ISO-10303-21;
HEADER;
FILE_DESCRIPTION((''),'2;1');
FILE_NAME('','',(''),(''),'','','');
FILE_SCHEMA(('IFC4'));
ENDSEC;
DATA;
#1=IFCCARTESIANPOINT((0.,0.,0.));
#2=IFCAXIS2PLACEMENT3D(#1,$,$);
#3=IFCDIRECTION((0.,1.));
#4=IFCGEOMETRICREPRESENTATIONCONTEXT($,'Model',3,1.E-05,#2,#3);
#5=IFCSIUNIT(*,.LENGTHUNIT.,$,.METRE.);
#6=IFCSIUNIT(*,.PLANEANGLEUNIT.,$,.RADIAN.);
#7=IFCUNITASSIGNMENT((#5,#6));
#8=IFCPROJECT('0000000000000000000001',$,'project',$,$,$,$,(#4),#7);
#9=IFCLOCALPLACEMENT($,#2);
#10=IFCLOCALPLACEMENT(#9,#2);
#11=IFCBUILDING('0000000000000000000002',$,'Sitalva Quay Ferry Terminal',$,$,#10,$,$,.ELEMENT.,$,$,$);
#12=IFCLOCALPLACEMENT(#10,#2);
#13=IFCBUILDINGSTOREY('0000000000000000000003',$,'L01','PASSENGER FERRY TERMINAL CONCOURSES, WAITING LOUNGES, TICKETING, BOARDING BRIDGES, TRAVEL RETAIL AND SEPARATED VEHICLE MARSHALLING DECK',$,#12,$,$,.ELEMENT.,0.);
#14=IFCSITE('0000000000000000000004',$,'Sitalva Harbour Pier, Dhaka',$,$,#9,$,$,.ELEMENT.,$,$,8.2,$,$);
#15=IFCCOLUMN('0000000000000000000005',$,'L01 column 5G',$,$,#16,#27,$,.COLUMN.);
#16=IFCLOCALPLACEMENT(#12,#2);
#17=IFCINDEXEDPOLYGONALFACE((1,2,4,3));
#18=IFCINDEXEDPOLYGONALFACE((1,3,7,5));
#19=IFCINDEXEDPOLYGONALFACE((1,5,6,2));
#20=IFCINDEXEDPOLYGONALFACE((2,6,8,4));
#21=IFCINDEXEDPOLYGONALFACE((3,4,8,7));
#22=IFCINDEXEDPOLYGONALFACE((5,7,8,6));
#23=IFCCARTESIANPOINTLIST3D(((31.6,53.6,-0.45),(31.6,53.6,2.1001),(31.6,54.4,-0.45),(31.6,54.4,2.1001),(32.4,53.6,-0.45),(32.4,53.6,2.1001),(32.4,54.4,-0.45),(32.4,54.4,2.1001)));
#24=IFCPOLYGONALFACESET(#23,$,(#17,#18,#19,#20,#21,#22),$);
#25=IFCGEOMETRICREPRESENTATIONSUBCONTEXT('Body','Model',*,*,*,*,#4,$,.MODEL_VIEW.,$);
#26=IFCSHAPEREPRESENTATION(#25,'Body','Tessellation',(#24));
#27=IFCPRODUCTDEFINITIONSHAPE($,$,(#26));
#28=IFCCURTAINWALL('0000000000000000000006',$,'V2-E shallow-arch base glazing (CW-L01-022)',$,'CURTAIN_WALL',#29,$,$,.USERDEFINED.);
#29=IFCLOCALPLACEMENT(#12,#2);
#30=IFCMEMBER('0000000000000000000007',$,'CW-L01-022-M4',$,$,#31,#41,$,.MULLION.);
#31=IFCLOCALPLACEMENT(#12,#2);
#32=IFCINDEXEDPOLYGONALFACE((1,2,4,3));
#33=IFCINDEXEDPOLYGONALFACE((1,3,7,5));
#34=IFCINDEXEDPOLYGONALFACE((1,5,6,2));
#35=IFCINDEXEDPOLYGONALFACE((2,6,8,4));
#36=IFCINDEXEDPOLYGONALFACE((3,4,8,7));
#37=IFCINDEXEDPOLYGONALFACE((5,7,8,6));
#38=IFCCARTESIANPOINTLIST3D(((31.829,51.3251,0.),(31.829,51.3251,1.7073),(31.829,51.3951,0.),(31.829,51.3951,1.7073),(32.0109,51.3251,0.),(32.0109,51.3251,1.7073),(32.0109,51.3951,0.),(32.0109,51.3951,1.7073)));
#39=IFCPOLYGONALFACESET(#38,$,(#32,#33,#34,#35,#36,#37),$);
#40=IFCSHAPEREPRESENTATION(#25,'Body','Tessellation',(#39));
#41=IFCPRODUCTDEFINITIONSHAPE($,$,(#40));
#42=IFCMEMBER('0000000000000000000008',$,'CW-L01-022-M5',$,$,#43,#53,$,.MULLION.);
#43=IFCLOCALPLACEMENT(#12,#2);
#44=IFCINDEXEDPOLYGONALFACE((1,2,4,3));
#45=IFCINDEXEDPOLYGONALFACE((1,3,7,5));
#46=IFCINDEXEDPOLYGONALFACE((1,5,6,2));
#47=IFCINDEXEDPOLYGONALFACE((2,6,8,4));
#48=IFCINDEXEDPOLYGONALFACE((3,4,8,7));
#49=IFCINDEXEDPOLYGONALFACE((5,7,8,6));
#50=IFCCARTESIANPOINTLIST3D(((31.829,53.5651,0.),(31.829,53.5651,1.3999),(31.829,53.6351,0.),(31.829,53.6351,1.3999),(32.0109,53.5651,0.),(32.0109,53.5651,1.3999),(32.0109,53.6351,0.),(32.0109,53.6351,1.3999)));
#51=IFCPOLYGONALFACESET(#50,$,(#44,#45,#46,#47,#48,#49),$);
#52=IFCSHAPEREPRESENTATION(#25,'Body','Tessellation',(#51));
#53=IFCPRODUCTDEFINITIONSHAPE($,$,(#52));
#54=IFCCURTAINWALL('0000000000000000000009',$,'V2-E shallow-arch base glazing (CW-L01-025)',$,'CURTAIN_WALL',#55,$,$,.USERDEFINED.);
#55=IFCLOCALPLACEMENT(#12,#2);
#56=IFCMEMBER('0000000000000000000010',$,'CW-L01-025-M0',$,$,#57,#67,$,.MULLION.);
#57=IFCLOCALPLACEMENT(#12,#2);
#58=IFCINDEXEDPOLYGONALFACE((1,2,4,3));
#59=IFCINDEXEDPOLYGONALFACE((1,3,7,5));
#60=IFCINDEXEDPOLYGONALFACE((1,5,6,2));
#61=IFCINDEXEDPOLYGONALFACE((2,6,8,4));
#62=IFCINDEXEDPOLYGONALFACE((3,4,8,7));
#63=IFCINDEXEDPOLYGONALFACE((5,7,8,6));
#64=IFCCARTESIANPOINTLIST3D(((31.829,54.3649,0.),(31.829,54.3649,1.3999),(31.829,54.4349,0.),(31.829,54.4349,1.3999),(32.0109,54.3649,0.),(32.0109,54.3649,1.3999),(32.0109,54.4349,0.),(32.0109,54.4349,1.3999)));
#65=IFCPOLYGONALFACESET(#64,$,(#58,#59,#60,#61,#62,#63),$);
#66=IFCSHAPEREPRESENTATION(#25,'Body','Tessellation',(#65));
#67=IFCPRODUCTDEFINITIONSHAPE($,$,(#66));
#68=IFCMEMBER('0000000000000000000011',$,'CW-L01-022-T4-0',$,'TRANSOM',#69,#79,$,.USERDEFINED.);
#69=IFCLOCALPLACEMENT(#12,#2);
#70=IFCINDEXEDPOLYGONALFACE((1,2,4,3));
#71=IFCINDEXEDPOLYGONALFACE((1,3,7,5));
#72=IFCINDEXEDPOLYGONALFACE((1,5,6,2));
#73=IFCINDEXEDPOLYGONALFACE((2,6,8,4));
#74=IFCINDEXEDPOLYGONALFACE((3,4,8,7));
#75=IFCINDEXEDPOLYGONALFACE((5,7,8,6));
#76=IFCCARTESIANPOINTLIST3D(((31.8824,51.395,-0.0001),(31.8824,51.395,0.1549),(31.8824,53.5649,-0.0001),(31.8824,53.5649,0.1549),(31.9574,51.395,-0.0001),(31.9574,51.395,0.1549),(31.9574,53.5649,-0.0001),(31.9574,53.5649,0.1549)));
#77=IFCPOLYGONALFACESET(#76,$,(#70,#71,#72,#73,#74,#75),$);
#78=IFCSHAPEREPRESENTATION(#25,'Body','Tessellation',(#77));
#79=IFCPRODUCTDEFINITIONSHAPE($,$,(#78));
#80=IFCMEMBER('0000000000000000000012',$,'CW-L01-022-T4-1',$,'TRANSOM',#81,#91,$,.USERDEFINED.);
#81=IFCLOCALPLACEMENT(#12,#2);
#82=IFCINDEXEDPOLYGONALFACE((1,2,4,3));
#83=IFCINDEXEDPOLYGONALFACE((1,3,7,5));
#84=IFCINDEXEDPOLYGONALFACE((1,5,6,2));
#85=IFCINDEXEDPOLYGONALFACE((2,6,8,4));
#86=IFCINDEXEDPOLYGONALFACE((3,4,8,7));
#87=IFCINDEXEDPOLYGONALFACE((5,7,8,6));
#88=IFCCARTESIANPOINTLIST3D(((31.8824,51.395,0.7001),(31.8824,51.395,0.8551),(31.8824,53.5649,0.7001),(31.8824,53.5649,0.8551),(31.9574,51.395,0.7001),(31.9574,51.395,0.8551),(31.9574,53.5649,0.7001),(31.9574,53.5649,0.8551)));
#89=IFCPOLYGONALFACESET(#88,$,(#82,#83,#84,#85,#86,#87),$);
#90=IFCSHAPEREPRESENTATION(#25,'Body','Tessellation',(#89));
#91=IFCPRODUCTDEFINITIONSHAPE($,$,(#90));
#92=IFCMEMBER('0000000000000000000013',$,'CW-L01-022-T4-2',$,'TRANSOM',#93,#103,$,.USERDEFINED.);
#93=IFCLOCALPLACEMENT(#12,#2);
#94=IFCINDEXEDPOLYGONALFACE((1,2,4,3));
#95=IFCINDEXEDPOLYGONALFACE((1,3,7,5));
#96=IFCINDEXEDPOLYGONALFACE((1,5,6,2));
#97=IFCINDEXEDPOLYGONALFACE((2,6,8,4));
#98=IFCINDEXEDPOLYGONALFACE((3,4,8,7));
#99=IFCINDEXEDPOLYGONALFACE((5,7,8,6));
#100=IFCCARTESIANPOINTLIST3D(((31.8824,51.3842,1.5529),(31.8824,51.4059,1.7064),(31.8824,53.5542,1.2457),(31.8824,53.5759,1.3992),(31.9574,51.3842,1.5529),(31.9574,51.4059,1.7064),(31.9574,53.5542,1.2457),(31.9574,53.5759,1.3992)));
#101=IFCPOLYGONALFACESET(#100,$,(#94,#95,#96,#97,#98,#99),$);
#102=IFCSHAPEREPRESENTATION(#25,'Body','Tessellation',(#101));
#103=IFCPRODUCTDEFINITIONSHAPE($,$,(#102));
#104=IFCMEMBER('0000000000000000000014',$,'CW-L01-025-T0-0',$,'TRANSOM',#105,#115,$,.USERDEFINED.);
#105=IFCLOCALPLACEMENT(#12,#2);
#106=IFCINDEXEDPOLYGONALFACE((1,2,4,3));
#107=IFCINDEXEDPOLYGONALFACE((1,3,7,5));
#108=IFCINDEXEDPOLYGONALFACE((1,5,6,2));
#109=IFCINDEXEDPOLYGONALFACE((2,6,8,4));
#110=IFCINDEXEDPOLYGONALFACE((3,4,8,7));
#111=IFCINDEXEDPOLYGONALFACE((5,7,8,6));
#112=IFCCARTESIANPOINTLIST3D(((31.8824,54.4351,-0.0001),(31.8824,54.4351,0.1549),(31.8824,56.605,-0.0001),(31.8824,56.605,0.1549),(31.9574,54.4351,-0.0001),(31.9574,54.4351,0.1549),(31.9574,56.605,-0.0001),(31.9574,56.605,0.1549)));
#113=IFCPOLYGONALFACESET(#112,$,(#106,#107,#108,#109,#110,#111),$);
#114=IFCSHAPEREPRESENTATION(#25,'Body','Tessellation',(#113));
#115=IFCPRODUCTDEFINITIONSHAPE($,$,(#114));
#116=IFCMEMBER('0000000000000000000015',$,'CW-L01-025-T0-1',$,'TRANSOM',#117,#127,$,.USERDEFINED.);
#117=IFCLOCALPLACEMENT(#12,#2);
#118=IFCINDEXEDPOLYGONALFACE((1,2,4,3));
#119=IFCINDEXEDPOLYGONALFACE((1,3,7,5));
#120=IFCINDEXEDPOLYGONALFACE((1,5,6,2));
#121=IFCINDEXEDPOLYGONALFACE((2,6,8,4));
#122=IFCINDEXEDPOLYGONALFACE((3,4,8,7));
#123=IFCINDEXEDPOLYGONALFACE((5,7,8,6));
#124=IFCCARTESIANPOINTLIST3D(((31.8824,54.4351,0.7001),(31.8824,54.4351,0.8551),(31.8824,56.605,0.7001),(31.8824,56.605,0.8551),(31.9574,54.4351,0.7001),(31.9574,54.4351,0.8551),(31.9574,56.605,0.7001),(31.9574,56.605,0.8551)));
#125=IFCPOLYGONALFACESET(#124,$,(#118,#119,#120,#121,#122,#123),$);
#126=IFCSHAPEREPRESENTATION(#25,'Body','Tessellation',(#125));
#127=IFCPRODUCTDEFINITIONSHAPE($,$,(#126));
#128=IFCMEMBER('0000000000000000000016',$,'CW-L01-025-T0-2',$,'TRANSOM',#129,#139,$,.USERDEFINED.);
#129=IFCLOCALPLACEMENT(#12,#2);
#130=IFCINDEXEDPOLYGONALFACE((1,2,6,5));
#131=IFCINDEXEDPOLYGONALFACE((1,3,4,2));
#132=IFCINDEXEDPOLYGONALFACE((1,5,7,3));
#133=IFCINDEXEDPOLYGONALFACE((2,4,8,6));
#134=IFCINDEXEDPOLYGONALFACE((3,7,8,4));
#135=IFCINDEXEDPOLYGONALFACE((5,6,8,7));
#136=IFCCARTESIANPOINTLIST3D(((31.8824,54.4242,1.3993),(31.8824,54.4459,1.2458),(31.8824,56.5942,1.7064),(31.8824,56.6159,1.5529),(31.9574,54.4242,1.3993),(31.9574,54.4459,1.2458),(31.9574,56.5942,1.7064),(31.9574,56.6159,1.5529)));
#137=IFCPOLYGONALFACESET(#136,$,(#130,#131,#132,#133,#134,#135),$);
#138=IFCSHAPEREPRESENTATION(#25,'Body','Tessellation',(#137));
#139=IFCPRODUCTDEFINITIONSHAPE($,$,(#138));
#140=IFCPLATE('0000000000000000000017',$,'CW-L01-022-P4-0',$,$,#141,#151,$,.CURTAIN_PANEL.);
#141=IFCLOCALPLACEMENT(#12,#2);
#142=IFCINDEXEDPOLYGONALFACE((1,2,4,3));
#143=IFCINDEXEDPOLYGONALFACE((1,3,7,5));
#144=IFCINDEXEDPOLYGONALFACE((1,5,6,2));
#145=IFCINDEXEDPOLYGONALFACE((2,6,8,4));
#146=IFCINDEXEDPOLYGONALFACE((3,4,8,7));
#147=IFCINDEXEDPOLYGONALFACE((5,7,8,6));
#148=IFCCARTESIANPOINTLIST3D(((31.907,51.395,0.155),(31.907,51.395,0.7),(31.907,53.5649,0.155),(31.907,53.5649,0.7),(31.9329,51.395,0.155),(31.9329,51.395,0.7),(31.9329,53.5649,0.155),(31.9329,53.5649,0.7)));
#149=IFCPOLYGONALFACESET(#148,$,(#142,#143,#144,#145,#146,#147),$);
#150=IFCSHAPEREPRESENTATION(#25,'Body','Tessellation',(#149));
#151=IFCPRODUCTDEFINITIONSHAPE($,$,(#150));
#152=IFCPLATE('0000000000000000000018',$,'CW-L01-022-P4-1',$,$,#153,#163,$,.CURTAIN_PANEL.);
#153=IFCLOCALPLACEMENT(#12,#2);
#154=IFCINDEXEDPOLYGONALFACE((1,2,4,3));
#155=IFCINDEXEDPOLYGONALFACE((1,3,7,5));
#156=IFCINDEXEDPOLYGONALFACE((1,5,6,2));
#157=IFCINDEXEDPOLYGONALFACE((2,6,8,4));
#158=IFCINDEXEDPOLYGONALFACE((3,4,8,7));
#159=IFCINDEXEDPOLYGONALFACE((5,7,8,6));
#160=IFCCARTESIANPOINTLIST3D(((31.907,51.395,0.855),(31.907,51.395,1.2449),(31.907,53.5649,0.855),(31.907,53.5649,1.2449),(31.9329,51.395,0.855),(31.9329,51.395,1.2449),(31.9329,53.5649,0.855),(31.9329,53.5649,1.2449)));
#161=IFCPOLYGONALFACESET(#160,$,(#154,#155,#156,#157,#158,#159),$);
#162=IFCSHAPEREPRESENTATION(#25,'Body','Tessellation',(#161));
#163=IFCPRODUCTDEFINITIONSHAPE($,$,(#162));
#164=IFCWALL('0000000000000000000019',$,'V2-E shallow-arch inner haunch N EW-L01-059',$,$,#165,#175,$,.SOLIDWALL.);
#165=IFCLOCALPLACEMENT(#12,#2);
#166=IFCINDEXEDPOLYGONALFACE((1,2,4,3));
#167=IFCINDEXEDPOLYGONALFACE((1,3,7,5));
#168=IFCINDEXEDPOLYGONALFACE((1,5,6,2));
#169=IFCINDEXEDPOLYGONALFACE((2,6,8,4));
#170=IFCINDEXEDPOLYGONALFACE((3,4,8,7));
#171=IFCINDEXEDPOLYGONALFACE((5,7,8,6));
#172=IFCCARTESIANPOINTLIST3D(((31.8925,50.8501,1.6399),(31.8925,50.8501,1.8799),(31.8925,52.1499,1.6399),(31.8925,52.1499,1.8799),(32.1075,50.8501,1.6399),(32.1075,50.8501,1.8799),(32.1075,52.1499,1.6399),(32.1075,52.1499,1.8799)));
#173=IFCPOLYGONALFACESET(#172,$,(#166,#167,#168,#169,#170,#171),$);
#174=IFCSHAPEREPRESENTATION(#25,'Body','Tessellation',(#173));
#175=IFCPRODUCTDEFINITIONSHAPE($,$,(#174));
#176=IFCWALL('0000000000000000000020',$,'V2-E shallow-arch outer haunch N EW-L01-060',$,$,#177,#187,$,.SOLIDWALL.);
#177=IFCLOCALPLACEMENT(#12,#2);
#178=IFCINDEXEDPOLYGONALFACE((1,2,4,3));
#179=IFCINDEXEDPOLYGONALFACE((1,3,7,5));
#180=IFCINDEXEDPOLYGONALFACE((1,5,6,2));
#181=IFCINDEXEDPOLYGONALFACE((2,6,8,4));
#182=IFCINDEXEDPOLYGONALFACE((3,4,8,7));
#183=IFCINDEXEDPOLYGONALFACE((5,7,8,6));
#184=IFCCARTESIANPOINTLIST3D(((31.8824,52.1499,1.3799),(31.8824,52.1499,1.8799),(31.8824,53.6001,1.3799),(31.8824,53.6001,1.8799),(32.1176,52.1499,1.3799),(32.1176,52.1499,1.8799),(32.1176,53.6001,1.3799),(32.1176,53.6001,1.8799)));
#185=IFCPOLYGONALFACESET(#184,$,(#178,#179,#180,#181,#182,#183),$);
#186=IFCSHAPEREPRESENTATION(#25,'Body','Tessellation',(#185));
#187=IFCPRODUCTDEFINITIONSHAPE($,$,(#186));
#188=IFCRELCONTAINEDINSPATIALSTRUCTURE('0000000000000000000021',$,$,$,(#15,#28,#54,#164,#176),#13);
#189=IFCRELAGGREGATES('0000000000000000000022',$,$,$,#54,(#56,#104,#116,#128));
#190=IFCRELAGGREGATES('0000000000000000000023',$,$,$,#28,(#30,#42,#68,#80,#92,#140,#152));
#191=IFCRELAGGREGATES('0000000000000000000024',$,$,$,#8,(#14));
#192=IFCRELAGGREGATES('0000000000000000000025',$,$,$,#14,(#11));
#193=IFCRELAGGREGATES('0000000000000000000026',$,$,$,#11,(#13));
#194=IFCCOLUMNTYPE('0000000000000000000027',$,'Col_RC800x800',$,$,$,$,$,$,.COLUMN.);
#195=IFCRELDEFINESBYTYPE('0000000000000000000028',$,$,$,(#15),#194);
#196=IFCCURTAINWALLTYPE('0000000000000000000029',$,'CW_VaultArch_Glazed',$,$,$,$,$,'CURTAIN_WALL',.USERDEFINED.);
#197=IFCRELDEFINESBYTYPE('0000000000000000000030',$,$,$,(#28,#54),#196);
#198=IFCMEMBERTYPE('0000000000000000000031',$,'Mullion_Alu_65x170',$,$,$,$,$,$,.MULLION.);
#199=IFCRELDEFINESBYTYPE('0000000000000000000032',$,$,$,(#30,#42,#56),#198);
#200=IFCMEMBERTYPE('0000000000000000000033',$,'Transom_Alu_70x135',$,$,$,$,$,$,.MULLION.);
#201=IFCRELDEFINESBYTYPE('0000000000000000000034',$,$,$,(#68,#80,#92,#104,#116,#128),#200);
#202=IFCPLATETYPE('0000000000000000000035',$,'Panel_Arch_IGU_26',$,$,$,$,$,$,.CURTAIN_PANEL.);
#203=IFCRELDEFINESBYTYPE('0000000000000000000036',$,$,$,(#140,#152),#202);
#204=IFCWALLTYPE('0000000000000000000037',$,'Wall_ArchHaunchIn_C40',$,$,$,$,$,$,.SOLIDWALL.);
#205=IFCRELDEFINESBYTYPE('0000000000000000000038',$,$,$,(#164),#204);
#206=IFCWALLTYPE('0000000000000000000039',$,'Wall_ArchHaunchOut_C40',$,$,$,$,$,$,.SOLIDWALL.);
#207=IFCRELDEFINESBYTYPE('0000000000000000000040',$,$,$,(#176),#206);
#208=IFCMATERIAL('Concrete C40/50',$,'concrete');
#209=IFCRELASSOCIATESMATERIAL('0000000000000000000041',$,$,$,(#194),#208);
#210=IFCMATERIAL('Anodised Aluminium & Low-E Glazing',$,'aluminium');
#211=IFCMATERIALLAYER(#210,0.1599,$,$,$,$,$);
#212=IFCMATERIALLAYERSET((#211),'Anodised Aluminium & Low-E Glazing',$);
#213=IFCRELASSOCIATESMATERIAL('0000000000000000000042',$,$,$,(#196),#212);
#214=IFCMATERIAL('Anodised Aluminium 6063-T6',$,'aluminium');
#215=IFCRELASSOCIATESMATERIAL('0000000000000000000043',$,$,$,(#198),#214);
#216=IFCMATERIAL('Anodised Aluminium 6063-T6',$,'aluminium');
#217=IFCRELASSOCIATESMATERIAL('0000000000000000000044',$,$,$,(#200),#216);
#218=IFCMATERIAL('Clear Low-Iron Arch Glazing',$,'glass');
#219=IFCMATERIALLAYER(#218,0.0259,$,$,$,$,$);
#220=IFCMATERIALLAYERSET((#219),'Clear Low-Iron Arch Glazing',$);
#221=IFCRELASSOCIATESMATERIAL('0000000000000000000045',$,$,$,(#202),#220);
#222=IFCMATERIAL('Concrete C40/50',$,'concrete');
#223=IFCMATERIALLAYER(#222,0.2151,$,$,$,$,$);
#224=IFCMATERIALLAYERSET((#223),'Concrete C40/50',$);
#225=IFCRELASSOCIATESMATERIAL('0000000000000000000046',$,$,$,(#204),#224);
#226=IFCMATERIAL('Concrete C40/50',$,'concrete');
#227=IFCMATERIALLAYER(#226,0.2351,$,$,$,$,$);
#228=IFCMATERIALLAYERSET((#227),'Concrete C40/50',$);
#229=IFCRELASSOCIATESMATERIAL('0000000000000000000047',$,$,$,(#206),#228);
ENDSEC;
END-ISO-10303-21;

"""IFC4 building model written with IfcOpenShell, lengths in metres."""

from ifc_helpers import new_model, si_unit, direction, frame, frame_2d, origin, origin_2d, place, context, subcontext, project, spatial, rectangle, extrude, material, layer, layer_set, material_profile, profile_set, type_object, element, aggregate, save


model = new_model("IFC4")

# Units and contexts
model_context = context("Model", 3, precision=1e-05, world=origin(), true_north=direction((0.0, 1.0)))
body_context = subcontext(model_context, "Body", "Model", "MODEL_VIEW")
ifc_project = project(units=[si_unit("LENGTHUNIT", "METRE"), si_unit("PLANEANGLEUNIT", "RADIAN")], contexts=[model_context])

# Site, building, storey
site_placement = place(None, origin())
site = spatial("IfcSite", under=ifc_project, at=site_placement, Name="Sitalva Harbour Pier, Dhaka", CompositionType="ELEMENT", RefElevation=8.2)
building_placement = place(site_placement, origin())
building = spatial("IfcBuilding", under=site, at=building_placement, Name="Sitalva Quay Ferry Terminal", CompositionType="ELEMENT")
storey_placement = place(building_placement, origin())
storey = spatial("IfcBuildingStorey", under=building, at=storey_placement, Name="L01", Description="PASSENGER FERRY TERMINAL CONCOURSES, WAITING LOUNGES, TICKETING, BOARDING BRIDGES, TRAVEL RETAIL AND SEPARATED VEHICLE MARSHALLING DECK", CompositionType="ELEMENT", Elevation=0.0)

# Column
ifc_material_1 = material(Name="Concrete C40/50", Category="concrete")
ifc_material_profile_1 = material_profile(ifc_material_1, rectangle(XDim=0.8, YDim=0.8, at=origin_2d()), Name="RC800x800")
ifc_profile_set_1 = profile_set([ifc_material_profile_1], Name="Concrete C40/50")
column_type = type_object("IfcColumnType", Name="Col_RC800x800", PredefinedType="COLUMN", material=ifc_profile_set_1)
column_placement = place(storey_placement, frame((32.0, 54.0, -0.45), z_axis=(0.0, 0.0, 1.0), x_axis=(1.0, 0.0, 0.0)))
element("IfcColumn", 1, at=column_placement, inside=storey, type_object=column_type, Name="L01 column 5G", PredefinedType="COLUMN", context=body_context, shape_type="SweptSolid", body=[
    extrude(rectangle(XDim=0.8, YDim=0.8, at=origin_2d()), origin(), (0.0, 0.0, 1.0), 2.55),
])

# Curtain wall, members
ifc_material_2 = material(Name="Anodised Aluminium & Low-E Glazing", Category="aluminium")
ifc_layer_1 = layer(ifc_material_2, 0.1599)
ifc_layer_set_1 = layer_set([ifc_layer_1], Name="Anodised Aluminium & Low-E Glazing")
curtain_wall_type = type_object("IfcCurtainWallType", Name="CW_VaultArch_Glazed", ElementType="CURTAIN_WALL", PredefinedType="USERDEFINED", material=ifc_layer_set_1)
curtain_wall_1_placement = place(storey_placement, origin())
curtain_wall_1 = element("IfcCurtainWall", 2, at=curtain_wall_1_placement, inside=storey, type_object=curtain_wall_type, Name="V2-E shallow-arch base glazing (CW-L01-022)", ObjectType="CURTAIN_WALL", PredefinedType="USERDEFINED")
ifc_material_3 = material(Name="Anodised Aluminium 6063-T6", Category="aluminium")
ifc_material_profile_2 = material_profile(ifc_material_3, rectangle(XDim=0.0701, YDim=0.1819, at=origin_2d()), Name="ALU70x182")
ifc_profile_set_2 = profile_set([ifc_material_profile_2], Name="Anodised Aluminium 6063-T6")
member_type_1 = type_object("IfcMemberType", Name="Mullion_Alu_65x170", PredefinedType="MULLION", material=ifc_profile_set_2)
member_1_placement = place(storey_placement, frame((31.9199, 51.3601, 0.0), z_axis=(0.0, 0.0, 1.0), x_axis=(0.0, 1.0, 0.0)))
member_1 = element("IfcMember", 3, at=member_1_placement, type_object=member_type_1, Name="CW-L01-022-M4", PredefinedType="MULLION", context=body_context, shape_type="SweptSolid", body=[
    extrude(rectangle(XDim=0.0701, YDim=0.1819, at=origin_2d()), origin(), (0.0, 0.0, 1.0), 1.7073),
])
member_2_placement = place(storey_placement, frame((31.9199, 53.6001, 0.0), z_axis=(0.0, 0.0, 1.0), x_axis=(0.0, 1.0, 0.0)))
member_2 = element("IfcMember", 4, at=member_2_placement, type_object=member_type_1, Name="CW-L01-022-M5", PredefinedType="MULLION", context=body_context, shape_type="SweptSolid", body=[
    extrude(rectangle(XDim=0.0701, YDim=0.1819, at=origin_2d()), origin(), (0.0, 0.0, 1.0), 1.3999),
])

# Curtain wall, member
curtain_wall_2_placement = place(storey_placement, origin())
curtain_wall_2 = element("IfcCurtainWall", 5, at=curtain_wall_2_placement, inside=storey, type_object=curtain_wall_type, Name="V2-E shallow-arch base glazing (CW-L01-025)", ObjectType="CURTAIN_WALL", PredefinedType="USERDEFINED")
member_3_placement = place(storey_placement, frame((31.9199, 54.3999, 0.0), z_axis=(0.0, 0.0, 1.0), x_axis=(0.0, 1.0, 0.0)))
member_3 = element("IfcMember", 6, at=member_3_placement, type_object=member_type_1, Name="CW-L01-025-M0", PredefinedType="MULLION", context=body_context, shape_type="SweptSolid", body=[
    extrude(rectangle(XDim=0.0701, YDim=0.1819, at=origin_2d()), origin(), (0.0, 0.0, 1.0), 1.3999),
])

# Members
ifc_material_4 = material(Name="Anodised Aluminium 6063-T6", Category="aluminium")
ifc_material_profile_3 = material_profile(ifc_material_4, rectangle(XDim=0.075, YDim=0.155, at=origin_2d()), Name="ALU75x155")
ifc_profile_set_3 = profile_set([ifc_material_profile_3], Name="Anodised Aluminium 6063-T6")
member_type_2 = type_object("IfcMemberType", Name="Transom_Alu_70x135", PredefinedType="MULLION", material=ifc_profile_set_3)
member_4_placement = place(storey_placement, frame((31.9199, 51.395, 0.0774), z_axis=(0.0, 1.0, 0.0), x_axis=(-1.0, 0.0, 0.0)))
member_4 = element("IfcMember", 7, at=member_4_placement, type_object=member_type_2, Name="CW-L01-022-T4-0", ObjectType="TRANSOM", PredefinedType="USERDEFINED", context=body_context, shape_type="SweptSolid", body=[
    extrude(rectangle(XDim=0.075, YDim=0.155, at=origin_2d()), origin(), (0.0, 0.0, 1.0), 2.1699),
])
member_5_placement = place(storey_placement, frame((31.9199, 51.395, 0.7776), z_axis=(0.0, 1.0, 0.0), x_axis=(-1.0, 0.0, 0.0)))
member_5 = element("IfcMember", 8, at=member_5_placement, type_object=member_type_2, Name="CW-L01-022-T4-1", ObjectType="TRANSOM", PredefinedType="USERDEFINED", context=body_context, shape_type="SweptSolid", body=[
    extrude(rectangle(XDim=0.075, YDim=0.155, at=origin_2d()), origin(), (0.0, 0.0, 1.0), 2.1699),
])
member_6_placement = place(storey_placement, frame((31.9199, 51.395, 1.6296), z_axis=(0.0, 0.990131, -0.140142), x_axis=(-1.0, 0.0, 0.0)))
member_6 = element("IfcMember", 9, at=member_6_placement, type_object=member_type_2, Name="CW-L01-022-T4-2", ObjectType="TRANSOM", PredefinedType="USERDEFINED", context=body_context, shape_type="SweptSolid", body=[
    extrude(rectangle(XDim=0.075, YDim=0.155, at=origin_2d()), origin(), (0.0, 0.0, 1.0), 2.1917),
])
member_7_placement = place(storey_placement, frame((31.9199, 54.4351, 0.0774), z_axis=(0.0, 1.0, 0.0), x_axis=(-1.0, 0.0, 0.0)))
member_7 = element("IfcMember", 10, at=member_7_placement, type_object=member_type_2, Name="CW-L01-025-T0-0", ObjectType="TRANSOM", PredefinedType="USERDEFINED", context=body_context, shape_type="SweptSolid", body=[
    extrude(rectangle(XDim=0.075, YDim=0.155, at=origin_2d()), origin(), (0.0, 0.0, 1.0), 2.1699),
])
member_8_placement = place(storey_placement, frame((31.9199, 54.4351, 0.7776), z_axis=(0.0, 1.0, 0.0), x_axis=(-1.0, 0.0, 0.0)))
member_8 = element("IfcMember", 11, at=member_8_placement, type_object=member_type_2, Name="CW-L01-025-T0-1", ObjectType="TRANSOM", PredefinedType="USERDEFINED", context=body_context, shape_type="SweptSolid", body=[
    extrude(rectangle(XDim=0.075, YDim=0.155, at=origin_2d()), origin(), (0.0, 0.0, 1.0), 2.1699),
])
member_9_placement = place(storey_placement, frame((31.9199, 54.4351, 1.3225), z_axis=(0.0, 0.990131, 0.140142), x_axis=(-1.0, 0.0, 0.0)))
member_9 = element("IfcMember", 12, at=member_9_placement, type_object=member_type_2, Name="CW-L01-025-T0-2", ObjectType="TRANSOM", PredefinedType="USERDEFINED", context=body_context, shape_type="SweptSolid", body=[
    extrude(rectangle(XDim=0.075, YDim=0.155, at=origin_2d()), origin(), (0.0, 0.0, 1.0), 2.1917),
])
aggregate(curtain_wall_2, [member_3, member_7, member_8, member_9])

# Plates
ifc_material_5 = material(Name="Clear Low-Iron Arch Glazing", Category="glass")
ifc_layer_2 = layer(ifc_material_5, 0.0259)
ifc_layer_set_2 = layer_set([ifc_layer_2], Name="Clear Low-Iron Arch Glazing")
plate_type = type_object("IfcPlateType", Name="Panel_Arch_IGU_26", PredefinedType="CURTAIN_PANEL", material=ifc_layer_set_2)
plate_1_placement = place(storey_placement, frame((31.9199, 52.48, 0.155), z_axis=(0.0, 0.0, 1.0), x_axis=(0.0, 1.0, 0.0)))
plate_1 = element("IfcPlate", 13, at=plate_1_placement, type_object=plate_type, Name="CW-L01-022-P4-0", PredefinedType="CURTAIN_PANEL", context=body_context, shape_type="SweptSolid", body=[
    extrude(rectangle(XDim=2.1699, YDim=0.0259, at=origin_2d()), origin(), (0.0, 0.0, 1.0), 0.5449),
])
plate_2_placement = place(storey_placement, frame((31.9199, 52.48, 0.855), z_axis=(0.0, 0.0, 1.0), x_axis=(0.0, 1.0, 0.0)))
plate_2 = element("IfcPlate", 14, at=plate_2_placement, type_object=plate_type, Name="CW-L01-022-P4-1", PredefinedType="CURTAIN_PANEL", context=body_context, shape_type="SweptSolid", body=[
    extrude(rectangle(XDim=2.1699, YDim=0.0259, at=origin_2d()), origin(), (0.0, 0.0, 1.0), 0.3899),
])
aggregate(curtain_wall_1, [member_1, member_2, member_4, member_5, member_6, plate_1, plate_2])

# Walls
ifc_material_6 = material(Name="Concrete C40/50", Category="concrete")
ifc_layer_3 = layer(ifc_material_6, 0.2151)
ifc_layer_set_3 = layer_set([ifc_layer_3], Name="Concrete C40/50")
wall_type_1 = type_object("IfcWallType", Name="Wall_ArchHaunchIn_C40", PredefinedType="SOLIDWALL", material=ifc_layer_set_3)
wall_1_placement = place(storey_placement, frame((32.0, 50.8501, 1.6399), z_axis=(0.0, 0.0, 1.0), x_axis=(0.0, 1.0, 0.0)))
element("IfcWall", 15, at=wall_1_placement, inside=storey, type_object=wall_type_1, Name="V2-E shallow-arch inner haunch N EW-L01-059", PredefinedType="SOLIDWALL", context=body_context, shape_type="SweptSolid", body=[
    extrude(rectangle(XDim=1.2998, YDim=0.2151, at=frame_2d((0.6499, 0.0))), origin(), (0.0, 0.0, 1.0), 0.24),
])
ifc_material_7 = material(Name="Concrete C40/50", Category="concrete")
ifc_layer_4 = layer(ifc_material_7, 0.2351)
ifc_layer_set_4 = layer_set([ifc_layer_4], Name="Concrete C40/50")
wall_type_2 = type_object("IfcWallType", Name="Wall_ArchHaunchOut_C40", PredefinedType="SOLIDWALL", material=ifc_layer_set_4)
for number, where, z_axis, x_axis, name in (
    (16, (32.0, 52.1499, 1.3799), (0.0, 0.0, 1.0), (0.0, 1.0, 0.0), "V2-E shallow-arch outer haunch N EW-L01-060"),
):
    element("IfcWall", number, at=place(storey_placement, frame(where, z_axis=z_axis, x_axis=x_axis)), inside=storey, type_object=wall_type_2, Name=name, PredefinedType="SOLIDWALL", context=body_context, shape_type="SweptSolid", body=[
        extrude(rectangle(XDim=1.4502, YDim=0.2351, at=frame_2d((0.7251, 0.0))), origin(), (0.0, 0.0, 1.0), 0.5),
    ])

save(model, "model.ifc")
